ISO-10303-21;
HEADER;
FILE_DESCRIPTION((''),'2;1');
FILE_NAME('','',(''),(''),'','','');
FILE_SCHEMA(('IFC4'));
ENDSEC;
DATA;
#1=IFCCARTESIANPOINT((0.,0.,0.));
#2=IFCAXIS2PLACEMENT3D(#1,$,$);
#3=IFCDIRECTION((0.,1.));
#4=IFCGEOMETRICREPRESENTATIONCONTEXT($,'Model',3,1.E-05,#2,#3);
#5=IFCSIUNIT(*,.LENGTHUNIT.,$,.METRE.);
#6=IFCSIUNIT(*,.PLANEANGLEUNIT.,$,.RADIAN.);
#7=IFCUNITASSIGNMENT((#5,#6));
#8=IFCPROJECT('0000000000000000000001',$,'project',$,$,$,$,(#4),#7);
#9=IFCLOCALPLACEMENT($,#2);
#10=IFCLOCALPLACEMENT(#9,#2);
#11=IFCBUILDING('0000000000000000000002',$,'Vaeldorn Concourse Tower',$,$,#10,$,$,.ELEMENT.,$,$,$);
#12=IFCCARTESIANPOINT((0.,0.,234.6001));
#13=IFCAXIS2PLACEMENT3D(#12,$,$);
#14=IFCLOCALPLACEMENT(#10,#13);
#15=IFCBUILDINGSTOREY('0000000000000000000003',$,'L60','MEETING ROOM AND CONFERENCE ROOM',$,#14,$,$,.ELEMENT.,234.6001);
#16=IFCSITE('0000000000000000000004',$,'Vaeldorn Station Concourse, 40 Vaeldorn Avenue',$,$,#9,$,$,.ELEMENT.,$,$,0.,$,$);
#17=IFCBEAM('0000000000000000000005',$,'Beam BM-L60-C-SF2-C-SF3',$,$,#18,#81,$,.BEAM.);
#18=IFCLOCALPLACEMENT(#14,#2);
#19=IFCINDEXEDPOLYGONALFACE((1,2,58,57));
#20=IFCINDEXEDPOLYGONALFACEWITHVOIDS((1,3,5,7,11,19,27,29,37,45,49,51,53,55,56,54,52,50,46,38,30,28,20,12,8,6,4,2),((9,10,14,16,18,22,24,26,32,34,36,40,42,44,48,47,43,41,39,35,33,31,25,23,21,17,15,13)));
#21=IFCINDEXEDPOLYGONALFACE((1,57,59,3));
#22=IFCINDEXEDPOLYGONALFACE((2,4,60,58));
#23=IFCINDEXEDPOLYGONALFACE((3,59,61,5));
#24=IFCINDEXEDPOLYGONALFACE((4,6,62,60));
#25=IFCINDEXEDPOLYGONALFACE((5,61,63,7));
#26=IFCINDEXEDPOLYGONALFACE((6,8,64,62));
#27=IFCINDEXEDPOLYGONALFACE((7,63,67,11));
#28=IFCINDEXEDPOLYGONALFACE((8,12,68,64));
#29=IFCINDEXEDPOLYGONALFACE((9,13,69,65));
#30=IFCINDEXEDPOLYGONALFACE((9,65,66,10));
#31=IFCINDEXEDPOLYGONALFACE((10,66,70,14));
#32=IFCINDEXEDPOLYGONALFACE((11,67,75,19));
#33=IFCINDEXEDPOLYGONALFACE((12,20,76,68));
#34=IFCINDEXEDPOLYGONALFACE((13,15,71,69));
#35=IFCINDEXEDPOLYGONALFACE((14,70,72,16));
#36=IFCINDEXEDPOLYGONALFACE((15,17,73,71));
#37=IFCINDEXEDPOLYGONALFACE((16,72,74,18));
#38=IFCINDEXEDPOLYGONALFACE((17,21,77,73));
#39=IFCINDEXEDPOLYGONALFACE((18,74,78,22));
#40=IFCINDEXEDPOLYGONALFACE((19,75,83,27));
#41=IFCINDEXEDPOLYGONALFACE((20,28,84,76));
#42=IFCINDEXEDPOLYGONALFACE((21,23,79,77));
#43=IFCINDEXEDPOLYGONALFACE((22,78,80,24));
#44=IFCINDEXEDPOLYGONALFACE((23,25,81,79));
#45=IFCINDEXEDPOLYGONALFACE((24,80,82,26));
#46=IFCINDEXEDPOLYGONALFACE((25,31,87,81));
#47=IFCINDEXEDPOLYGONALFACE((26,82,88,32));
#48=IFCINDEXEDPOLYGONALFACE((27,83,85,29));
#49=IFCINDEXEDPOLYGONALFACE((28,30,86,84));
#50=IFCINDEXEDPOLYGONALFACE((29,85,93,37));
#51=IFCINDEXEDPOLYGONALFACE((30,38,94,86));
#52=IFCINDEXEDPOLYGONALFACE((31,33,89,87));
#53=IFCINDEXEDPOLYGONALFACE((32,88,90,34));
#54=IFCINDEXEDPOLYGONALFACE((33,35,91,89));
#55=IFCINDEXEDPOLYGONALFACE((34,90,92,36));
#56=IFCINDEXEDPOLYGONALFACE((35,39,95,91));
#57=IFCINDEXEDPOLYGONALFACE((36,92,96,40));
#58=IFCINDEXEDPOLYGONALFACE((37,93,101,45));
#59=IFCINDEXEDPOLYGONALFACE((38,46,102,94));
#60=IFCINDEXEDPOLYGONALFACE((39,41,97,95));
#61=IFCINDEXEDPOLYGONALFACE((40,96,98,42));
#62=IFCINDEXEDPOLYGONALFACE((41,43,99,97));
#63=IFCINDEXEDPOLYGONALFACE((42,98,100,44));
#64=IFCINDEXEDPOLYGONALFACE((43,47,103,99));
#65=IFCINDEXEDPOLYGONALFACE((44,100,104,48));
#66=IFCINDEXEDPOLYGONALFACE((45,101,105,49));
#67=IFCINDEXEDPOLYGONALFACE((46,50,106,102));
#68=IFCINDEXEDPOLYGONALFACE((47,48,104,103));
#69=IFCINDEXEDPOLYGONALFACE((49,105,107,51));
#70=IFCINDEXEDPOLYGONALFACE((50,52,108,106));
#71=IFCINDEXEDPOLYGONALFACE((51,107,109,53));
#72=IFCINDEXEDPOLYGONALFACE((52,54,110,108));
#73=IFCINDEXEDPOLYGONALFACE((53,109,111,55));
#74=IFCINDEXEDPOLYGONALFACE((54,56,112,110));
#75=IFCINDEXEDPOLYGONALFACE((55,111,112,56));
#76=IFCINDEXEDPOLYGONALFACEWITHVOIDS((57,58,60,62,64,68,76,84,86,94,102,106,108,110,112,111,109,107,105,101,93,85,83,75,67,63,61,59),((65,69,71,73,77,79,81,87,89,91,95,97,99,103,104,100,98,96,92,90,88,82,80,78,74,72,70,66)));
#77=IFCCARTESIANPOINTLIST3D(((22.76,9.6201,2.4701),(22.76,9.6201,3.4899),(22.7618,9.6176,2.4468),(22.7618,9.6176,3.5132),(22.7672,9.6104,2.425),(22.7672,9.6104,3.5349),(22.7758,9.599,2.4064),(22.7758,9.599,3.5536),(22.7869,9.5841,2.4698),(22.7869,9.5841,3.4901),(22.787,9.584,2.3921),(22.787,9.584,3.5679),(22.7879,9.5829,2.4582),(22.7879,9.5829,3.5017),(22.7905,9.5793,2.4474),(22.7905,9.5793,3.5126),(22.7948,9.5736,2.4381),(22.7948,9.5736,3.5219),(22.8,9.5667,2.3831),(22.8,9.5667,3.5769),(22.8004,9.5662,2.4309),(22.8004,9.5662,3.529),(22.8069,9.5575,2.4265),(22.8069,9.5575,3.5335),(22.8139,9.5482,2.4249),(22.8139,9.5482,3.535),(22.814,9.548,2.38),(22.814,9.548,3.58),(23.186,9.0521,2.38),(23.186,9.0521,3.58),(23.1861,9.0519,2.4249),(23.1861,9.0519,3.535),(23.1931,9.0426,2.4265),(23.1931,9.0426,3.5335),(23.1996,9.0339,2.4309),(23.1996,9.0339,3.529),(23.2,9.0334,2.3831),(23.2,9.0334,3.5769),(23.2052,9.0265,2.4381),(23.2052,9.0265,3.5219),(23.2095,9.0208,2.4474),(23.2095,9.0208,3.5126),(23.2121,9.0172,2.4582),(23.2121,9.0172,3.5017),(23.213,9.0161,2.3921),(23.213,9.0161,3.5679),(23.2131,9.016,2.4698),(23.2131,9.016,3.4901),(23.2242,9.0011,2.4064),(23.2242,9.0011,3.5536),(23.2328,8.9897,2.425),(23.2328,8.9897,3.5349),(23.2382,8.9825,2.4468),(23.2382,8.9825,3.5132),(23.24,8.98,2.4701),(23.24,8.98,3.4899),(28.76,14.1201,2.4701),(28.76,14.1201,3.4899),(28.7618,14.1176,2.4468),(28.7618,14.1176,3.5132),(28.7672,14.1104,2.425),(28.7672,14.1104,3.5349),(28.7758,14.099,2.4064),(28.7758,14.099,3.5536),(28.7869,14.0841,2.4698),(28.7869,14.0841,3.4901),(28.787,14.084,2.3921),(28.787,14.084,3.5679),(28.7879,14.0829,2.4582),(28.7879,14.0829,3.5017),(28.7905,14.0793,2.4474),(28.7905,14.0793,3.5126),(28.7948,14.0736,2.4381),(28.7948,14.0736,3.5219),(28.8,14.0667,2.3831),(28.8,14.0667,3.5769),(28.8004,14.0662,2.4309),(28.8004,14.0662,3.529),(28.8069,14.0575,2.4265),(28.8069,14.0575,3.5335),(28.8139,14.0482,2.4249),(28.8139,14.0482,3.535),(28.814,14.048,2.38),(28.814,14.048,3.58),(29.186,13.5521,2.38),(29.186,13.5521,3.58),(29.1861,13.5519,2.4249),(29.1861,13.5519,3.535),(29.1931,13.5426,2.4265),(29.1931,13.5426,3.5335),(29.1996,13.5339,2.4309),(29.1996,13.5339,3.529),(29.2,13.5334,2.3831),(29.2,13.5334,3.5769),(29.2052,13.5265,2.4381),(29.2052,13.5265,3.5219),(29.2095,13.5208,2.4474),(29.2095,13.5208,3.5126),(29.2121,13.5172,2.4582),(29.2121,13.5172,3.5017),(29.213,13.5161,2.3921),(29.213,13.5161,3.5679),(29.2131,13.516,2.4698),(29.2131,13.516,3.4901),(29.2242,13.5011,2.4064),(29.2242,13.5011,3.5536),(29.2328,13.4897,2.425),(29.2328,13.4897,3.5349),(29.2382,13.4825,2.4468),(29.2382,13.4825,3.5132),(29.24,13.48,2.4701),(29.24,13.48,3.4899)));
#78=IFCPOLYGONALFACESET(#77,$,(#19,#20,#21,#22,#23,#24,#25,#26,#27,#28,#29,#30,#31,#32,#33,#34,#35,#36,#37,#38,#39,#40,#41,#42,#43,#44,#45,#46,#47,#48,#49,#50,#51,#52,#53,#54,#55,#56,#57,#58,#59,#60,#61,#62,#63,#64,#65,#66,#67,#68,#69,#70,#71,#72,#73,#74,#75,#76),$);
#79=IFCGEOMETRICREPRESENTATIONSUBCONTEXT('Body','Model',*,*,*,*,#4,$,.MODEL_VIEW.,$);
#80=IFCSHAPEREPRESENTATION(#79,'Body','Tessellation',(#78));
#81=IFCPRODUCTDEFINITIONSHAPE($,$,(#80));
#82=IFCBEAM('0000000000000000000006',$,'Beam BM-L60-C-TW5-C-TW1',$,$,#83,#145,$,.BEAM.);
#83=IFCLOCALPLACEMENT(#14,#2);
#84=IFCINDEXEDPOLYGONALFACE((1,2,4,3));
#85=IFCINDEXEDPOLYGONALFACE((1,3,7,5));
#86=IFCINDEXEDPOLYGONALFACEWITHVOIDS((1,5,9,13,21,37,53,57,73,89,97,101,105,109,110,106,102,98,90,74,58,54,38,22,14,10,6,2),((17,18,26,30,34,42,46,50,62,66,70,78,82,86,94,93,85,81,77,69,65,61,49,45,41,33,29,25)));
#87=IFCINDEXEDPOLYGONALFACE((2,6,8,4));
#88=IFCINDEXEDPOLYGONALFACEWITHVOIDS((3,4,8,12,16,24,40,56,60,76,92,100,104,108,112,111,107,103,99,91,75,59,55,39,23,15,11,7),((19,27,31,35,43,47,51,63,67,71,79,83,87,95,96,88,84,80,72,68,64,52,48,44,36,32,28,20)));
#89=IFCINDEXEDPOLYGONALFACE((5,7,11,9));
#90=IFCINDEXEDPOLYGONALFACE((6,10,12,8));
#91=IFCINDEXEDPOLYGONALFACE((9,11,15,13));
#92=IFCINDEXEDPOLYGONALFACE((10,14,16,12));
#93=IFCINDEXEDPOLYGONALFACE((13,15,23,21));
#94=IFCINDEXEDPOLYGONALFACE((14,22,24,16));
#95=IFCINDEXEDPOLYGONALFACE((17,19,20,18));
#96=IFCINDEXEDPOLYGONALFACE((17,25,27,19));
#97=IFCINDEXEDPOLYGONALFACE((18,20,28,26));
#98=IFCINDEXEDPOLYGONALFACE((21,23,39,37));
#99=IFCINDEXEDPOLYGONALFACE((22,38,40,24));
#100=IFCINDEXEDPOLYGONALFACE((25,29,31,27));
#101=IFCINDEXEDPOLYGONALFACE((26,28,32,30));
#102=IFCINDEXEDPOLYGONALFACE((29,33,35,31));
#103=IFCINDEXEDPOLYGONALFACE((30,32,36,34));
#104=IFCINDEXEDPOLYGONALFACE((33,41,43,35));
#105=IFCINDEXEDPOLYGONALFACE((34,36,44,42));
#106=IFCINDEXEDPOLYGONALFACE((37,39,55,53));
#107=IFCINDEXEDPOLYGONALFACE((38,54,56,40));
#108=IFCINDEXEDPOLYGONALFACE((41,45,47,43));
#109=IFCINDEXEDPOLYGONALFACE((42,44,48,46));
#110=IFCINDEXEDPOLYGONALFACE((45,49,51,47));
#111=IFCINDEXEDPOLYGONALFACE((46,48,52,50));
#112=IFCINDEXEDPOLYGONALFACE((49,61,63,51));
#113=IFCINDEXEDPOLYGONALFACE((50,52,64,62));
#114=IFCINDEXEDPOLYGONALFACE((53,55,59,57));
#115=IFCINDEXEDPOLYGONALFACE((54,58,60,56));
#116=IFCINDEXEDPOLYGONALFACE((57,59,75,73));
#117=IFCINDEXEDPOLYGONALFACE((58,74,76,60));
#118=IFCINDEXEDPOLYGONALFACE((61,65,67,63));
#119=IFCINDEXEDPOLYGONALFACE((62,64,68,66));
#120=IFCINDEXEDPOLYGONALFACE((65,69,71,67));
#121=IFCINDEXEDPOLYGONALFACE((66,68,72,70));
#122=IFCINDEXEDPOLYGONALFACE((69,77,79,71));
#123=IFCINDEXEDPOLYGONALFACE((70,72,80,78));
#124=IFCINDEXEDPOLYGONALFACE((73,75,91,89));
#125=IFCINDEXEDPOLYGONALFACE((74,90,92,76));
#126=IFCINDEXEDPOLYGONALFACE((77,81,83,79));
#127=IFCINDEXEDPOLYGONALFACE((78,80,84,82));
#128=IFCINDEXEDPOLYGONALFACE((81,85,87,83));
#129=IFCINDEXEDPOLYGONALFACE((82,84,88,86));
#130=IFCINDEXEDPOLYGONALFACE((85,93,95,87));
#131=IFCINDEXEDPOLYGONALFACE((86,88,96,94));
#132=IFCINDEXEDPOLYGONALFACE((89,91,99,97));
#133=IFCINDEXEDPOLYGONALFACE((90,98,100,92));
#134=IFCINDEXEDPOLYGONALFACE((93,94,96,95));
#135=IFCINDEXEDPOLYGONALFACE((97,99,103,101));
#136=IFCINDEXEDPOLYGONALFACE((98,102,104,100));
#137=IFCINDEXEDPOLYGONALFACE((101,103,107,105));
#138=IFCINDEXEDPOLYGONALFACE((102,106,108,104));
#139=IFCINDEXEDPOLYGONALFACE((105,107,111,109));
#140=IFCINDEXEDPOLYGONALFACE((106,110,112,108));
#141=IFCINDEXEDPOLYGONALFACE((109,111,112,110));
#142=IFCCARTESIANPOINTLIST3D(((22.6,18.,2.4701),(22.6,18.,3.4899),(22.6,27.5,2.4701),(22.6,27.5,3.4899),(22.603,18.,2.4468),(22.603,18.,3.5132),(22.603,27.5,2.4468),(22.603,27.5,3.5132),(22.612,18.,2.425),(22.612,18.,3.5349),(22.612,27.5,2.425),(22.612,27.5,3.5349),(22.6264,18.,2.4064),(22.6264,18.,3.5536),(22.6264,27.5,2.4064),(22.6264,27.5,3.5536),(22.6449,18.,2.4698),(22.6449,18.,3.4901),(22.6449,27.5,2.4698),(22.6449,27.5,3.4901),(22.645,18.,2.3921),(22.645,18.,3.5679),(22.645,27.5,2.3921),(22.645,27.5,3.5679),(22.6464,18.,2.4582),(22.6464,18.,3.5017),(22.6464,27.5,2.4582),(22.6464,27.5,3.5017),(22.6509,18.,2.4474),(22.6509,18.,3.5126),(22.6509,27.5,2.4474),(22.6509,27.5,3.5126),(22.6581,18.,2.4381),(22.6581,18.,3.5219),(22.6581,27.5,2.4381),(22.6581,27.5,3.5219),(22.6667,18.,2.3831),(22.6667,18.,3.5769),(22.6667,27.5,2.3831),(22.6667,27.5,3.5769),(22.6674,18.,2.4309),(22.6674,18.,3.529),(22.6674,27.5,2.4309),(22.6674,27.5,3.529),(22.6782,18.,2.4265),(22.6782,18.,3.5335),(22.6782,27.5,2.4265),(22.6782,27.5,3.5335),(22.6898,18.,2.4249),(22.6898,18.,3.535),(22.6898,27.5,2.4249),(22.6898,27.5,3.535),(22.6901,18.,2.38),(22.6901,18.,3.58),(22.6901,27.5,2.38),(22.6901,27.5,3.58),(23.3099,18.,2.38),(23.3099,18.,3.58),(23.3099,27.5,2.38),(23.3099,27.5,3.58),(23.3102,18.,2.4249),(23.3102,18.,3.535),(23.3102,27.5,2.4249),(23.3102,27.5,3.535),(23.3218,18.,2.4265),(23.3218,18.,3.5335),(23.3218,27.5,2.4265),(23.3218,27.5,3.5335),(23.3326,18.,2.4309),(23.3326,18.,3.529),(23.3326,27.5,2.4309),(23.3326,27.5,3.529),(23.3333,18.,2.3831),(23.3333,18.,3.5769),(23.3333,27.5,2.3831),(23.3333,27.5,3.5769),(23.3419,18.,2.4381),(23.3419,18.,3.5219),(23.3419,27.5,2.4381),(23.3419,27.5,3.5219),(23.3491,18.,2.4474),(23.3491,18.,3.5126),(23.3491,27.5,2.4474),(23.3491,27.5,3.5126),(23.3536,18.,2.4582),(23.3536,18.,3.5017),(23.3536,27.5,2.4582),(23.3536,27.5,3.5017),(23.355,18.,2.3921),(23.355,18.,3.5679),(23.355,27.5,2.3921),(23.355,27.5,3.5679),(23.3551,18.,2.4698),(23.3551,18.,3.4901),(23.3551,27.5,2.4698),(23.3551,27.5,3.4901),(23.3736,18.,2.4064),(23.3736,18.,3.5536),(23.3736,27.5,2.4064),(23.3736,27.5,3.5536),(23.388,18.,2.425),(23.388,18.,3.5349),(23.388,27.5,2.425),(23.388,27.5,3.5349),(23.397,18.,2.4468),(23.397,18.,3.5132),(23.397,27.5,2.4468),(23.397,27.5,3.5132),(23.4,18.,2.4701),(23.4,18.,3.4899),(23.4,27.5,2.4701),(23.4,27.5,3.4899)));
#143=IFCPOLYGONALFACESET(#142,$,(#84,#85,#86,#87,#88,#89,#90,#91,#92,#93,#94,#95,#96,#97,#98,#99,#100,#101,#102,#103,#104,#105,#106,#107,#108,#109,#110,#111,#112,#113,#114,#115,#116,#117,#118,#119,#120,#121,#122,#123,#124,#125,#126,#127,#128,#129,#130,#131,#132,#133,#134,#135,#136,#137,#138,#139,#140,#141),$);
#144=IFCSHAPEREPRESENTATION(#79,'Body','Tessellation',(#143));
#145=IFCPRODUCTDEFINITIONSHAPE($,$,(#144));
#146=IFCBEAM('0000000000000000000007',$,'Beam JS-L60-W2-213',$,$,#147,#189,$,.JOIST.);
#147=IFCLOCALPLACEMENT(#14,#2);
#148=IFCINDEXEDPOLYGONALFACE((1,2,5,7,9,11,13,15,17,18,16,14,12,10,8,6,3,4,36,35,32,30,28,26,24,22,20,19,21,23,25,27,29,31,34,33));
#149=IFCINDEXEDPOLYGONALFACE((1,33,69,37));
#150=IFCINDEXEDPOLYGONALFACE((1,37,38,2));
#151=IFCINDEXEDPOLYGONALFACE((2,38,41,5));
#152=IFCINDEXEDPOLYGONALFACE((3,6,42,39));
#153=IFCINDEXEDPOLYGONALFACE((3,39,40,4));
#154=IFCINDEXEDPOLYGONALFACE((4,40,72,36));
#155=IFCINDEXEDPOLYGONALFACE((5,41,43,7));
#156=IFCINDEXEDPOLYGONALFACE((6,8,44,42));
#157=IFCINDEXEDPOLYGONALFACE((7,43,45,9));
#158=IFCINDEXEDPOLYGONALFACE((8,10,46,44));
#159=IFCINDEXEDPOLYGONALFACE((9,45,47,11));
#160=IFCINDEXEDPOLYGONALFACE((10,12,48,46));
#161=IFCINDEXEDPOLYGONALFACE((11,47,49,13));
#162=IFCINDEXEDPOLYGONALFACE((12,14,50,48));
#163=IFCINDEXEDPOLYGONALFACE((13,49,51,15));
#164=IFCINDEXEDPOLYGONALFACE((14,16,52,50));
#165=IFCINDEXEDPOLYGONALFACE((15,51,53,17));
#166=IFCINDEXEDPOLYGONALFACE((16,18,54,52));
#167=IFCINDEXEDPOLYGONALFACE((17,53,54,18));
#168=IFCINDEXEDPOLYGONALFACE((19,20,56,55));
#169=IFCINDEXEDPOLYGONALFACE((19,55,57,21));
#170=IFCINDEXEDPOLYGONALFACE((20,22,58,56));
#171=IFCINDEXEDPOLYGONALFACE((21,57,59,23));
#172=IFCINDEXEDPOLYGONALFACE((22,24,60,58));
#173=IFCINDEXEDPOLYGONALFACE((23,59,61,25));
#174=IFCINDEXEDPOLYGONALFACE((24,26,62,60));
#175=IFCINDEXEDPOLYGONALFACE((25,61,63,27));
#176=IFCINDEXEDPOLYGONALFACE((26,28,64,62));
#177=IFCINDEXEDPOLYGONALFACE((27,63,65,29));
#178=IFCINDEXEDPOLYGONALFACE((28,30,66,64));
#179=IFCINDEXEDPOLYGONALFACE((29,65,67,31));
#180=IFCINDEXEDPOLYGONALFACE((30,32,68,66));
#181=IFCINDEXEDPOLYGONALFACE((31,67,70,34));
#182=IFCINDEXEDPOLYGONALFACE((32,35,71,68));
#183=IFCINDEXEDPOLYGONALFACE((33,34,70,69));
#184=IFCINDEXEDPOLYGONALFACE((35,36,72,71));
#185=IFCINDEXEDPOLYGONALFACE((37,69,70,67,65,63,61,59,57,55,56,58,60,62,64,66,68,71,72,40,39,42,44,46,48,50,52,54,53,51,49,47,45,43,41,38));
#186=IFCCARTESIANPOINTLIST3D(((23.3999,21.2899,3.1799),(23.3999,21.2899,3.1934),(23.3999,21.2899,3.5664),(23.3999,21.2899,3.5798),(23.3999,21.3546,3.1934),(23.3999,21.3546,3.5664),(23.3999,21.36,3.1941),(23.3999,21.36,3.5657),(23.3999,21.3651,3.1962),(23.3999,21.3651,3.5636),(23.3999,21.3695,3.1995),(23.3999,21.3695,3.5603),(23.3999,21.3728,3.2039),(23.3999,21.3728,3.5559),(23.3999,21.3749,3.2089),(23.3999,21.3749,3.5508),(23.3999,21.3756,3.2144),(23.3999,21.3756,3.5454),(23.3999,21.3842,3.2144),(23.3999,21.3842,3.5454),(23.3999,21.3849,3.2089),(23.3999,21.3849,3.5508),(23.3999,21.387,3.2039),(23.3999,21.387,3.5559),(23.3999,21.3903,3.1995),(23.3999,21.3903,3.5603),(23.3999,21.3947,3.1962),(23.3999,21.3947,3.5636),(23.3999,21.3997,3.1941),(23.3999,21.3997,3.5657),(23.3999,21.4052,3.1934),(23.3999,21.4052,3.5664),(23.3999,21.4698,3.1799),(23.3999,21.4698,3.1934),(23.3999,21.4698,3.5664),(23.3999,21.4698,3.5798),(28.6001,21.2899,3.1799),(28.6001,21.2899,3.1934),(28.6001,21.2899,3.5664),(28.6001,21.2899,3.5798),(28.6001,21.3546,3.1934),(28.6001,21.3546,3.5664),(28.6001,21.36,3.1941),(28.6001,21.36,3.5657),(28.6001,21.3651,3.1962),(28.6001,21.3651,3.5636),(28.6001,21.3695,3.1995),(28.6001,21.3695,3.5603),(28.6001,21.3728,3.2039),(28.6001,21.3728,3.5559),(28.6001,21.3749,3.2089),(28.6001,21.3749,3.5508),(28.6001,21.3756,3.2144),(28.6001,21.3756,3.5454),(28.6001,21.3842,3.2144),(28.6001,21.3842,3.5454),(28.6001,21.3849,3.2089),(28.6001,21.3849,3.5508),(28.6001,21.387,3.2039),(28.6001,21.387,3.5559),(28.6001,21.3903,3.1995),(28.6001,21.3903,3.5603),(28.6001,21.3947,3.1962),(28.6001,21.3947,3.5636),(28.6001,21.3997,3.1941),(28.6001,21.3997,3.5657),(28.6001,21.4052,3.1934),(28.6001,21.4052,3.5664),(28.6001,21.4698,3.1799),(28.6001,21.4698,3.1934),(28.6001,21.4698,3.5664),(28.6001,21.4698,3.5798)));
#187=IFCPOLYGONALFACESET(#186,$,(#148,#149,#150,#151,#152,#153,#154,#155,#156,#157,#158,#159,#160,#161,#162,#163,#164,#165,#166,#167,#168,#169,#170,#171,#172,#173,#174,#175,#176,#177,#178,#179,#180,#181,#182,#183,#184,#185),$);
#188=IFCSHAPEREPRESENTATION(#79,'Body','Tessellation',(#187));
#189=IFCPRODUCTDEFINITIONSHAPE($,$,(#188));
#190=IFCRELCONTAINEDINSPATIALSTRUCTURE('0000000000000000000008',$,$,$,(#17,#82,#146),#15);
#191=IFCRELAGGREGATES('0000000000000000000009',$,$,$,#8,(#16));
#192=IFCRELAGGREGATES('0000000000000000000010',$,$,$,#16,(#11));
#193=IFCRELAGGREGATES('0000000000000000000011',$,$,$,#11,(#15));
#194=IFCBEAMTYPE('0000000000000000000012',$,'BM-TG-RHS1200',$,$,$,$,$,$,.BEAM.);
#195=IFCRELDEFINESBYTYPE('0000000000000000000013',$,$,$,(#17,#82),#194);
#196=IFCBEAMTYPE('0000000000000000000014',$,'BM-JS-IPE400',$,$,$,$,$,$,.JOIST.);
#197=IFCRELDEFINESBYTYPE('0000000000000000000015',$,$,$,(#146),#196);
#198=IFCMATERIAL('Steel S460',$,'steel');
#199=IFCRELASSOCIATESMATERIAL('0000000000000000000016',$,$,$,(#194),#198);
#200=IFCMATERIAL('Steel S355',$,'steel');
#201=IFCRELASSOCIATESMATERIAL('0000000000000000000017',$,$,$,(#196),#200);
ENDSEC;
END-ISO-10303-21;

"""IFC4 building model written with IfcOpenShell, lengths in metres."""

from ifc_helpers import new_model, si_unit, direction, frame, origin, origin_2d, place, context, subcontext, project, spatial, hollow_rectangle, i_section, extrude, source, transform, mapped, material, material_profile, profile_set, type_object, element, save


model = new_model("IFC4")

# Units and contexts
model_context = context("Model", 3, precision=1e-05, world=origin(), true_north=direction((0.0, 1.0)))
body_context = subcontext(model_context, "Body", "Model", "MODEL_VIEW")
ifc_project = project(units=[si_unit("LENGTHUNIT", "METRE"), si_unit("PLANEANGLEUNIT", "RADIAN")], contexts=[model_context])

# Site, building, storey
site_placement = place(None, origin())
site = spatial("IfcSite", under=ifc_project, at=site_placement, Name="Vaeldorn Station Concourse, 40 Vaeldorn Avenue", CompositionType="ELEMENT", RefElevation=0.0)
building_placement = place(site_placement, origin())
building = spatial("IfcBuilding", under=site, at=building_placement, Name="Vaeldorn Concourse Tower", CompositionType="ELEMENT")
storey_placement = place(building_placement, frame((0.0, 0.0, 234.6001)))
storey = spatial("IfcBuildingStorey", under=building, at=storey_placement, Name="L60", Description="MEETING ROOM AND CONFERENCE ROOM", CompositionType="ELEMENT", Elevation=234.6001)

# Shared definitions
ifc_material_1 = material(Name="Steel S355", Category="steel")

# Beams
ifc_material_2 = material(Name="Steel S460", Category="steel")
ifc_material_profile_1 = material_profile(ifc_material_2, hollow_rectangle(XDim=0.8, YDim=1.2, WallThickness=0.0449, InnerFilletRadius=0.0449, OuterFilletRadius=0.0901, at=origin_2d()), Name="RHS 1200x800x45")
ifc_profile_set_1 = profile_set([ifc_material_profile_1], Name="Steel S460")
beam_type_1 = type_object("IfcBeamType", Name="BM-TG-RHS1200", PredefinedType="BEAM", material=ifc_profile_set_1)
shared_shape_1 = source(origin(), body_context, "Body", "SweptSolid", [
    extrude(hollow_rectangle(XDim=0.8, YDim=1.2, WallThickness=0.0449, InnerFilletRadius=0.0449, OuterFilletRadius=0.0901, at=origin_2d()), origin(), (0.0, 0.0, 1.0), 7.5),
])
beam_1_placement = place(storey_placement, frame((23.0, 9.3, 2.98), z_axis=(0.8, 0.6, 0.0), x_axis=(-0.6, 0.8, 0.0)))
element("IfcBeam", 1, at=beam_1_placement, inside=storey, type_object=beam_type_1, Name="Beam BM-L60-C-SF2-C-SF3", PredefinedType="BEAM", context=body_context, shape_type="MappedRepresentation", body=[
    mapped(shared_shape_1, transform((0.0, 0.0, 0.0), scale=1.0)),
])
shared_shape_2 = source(origin(), body_context, "Body", "SweptSolid", [
    extrude(hollow_rectangle(XDim=0.8, YDim=1.2, WallThickness=0.0449, InnerFilletRadius=0.0449, OuterFilletRadius=0.0901, at=origin_2d()), origin(), (0.0, 0.0, 1.0), 9.5),
])
beam_2_placement = place(storey_placement, frame((23.0, 18.0, 2.98), z_axis=(0.0, 1.0, 0.0), x_axis=(-1.0, 0.0, 0.0)))
element("IfcBeam", 2, at=beam_2_placement, inside=storey, type_object=beam_type_1, Name="Beam BM-L60-C-TW5-C-TW1", PredefinedType="BEAM", context=body_context, shape_type="MappedRepresentation", body=[
    mapped(shared_shape_2, transform((0.0, 0.0, 0.0), scale=1.0)),
])
ifc_material_profile_2 = material_profile(ifc_material_1, i_section(OverallWidth=0.1799, OverallDepth=0.3999, WebThickness=0.0085, FlangeThickness=0.0134, FilletRadius=0.021, at=origin_2d()), Name="IPE 400")
ifc_profile_set_2 = profile_set([ifc_material_profile_2], Name="Steel S355")
beam_type_2 = type_object("IfcBeamType", Name="BM-JS-IPE400", PredefinedType="JOIST", material=ifc_profile_set_2)
shared_shape_3 = source(origin(), body_context, "Body", "SweptSolid", [
    extrude(i_section(OverallWidth=0.1799, OverallDepth=0.3999, WebThickness=0.0085, FlangeThickness=0.0134, FilletRadius=0.021, at=origin_2d()), origin(), (0.0, 0.0, 1.0), 5.2002),
])
for number, where, z_axis, x_axis, name in (
    (3, (23.3999, 21.3799, 3.3799), (1.0, 0.0, 0.0), (0.0, 1.0, 0.0), "Beam JS-L60-W2-213"),
):
    element("IfcBeam", number, at=place(storey_placement, frame(where, z_axis=z_axis, x_axis=x_axis)), inside=storey, type_object=beam_type_2, Name=name, PredefinedType="JOIST", context=body_context, shape_type="MappedRepresentation", body=[
        mapped(shared_shape_3, transform((0.0, 0.0, 0.0), scale=1.0)),
    ])

save(model, "model.ifc")
